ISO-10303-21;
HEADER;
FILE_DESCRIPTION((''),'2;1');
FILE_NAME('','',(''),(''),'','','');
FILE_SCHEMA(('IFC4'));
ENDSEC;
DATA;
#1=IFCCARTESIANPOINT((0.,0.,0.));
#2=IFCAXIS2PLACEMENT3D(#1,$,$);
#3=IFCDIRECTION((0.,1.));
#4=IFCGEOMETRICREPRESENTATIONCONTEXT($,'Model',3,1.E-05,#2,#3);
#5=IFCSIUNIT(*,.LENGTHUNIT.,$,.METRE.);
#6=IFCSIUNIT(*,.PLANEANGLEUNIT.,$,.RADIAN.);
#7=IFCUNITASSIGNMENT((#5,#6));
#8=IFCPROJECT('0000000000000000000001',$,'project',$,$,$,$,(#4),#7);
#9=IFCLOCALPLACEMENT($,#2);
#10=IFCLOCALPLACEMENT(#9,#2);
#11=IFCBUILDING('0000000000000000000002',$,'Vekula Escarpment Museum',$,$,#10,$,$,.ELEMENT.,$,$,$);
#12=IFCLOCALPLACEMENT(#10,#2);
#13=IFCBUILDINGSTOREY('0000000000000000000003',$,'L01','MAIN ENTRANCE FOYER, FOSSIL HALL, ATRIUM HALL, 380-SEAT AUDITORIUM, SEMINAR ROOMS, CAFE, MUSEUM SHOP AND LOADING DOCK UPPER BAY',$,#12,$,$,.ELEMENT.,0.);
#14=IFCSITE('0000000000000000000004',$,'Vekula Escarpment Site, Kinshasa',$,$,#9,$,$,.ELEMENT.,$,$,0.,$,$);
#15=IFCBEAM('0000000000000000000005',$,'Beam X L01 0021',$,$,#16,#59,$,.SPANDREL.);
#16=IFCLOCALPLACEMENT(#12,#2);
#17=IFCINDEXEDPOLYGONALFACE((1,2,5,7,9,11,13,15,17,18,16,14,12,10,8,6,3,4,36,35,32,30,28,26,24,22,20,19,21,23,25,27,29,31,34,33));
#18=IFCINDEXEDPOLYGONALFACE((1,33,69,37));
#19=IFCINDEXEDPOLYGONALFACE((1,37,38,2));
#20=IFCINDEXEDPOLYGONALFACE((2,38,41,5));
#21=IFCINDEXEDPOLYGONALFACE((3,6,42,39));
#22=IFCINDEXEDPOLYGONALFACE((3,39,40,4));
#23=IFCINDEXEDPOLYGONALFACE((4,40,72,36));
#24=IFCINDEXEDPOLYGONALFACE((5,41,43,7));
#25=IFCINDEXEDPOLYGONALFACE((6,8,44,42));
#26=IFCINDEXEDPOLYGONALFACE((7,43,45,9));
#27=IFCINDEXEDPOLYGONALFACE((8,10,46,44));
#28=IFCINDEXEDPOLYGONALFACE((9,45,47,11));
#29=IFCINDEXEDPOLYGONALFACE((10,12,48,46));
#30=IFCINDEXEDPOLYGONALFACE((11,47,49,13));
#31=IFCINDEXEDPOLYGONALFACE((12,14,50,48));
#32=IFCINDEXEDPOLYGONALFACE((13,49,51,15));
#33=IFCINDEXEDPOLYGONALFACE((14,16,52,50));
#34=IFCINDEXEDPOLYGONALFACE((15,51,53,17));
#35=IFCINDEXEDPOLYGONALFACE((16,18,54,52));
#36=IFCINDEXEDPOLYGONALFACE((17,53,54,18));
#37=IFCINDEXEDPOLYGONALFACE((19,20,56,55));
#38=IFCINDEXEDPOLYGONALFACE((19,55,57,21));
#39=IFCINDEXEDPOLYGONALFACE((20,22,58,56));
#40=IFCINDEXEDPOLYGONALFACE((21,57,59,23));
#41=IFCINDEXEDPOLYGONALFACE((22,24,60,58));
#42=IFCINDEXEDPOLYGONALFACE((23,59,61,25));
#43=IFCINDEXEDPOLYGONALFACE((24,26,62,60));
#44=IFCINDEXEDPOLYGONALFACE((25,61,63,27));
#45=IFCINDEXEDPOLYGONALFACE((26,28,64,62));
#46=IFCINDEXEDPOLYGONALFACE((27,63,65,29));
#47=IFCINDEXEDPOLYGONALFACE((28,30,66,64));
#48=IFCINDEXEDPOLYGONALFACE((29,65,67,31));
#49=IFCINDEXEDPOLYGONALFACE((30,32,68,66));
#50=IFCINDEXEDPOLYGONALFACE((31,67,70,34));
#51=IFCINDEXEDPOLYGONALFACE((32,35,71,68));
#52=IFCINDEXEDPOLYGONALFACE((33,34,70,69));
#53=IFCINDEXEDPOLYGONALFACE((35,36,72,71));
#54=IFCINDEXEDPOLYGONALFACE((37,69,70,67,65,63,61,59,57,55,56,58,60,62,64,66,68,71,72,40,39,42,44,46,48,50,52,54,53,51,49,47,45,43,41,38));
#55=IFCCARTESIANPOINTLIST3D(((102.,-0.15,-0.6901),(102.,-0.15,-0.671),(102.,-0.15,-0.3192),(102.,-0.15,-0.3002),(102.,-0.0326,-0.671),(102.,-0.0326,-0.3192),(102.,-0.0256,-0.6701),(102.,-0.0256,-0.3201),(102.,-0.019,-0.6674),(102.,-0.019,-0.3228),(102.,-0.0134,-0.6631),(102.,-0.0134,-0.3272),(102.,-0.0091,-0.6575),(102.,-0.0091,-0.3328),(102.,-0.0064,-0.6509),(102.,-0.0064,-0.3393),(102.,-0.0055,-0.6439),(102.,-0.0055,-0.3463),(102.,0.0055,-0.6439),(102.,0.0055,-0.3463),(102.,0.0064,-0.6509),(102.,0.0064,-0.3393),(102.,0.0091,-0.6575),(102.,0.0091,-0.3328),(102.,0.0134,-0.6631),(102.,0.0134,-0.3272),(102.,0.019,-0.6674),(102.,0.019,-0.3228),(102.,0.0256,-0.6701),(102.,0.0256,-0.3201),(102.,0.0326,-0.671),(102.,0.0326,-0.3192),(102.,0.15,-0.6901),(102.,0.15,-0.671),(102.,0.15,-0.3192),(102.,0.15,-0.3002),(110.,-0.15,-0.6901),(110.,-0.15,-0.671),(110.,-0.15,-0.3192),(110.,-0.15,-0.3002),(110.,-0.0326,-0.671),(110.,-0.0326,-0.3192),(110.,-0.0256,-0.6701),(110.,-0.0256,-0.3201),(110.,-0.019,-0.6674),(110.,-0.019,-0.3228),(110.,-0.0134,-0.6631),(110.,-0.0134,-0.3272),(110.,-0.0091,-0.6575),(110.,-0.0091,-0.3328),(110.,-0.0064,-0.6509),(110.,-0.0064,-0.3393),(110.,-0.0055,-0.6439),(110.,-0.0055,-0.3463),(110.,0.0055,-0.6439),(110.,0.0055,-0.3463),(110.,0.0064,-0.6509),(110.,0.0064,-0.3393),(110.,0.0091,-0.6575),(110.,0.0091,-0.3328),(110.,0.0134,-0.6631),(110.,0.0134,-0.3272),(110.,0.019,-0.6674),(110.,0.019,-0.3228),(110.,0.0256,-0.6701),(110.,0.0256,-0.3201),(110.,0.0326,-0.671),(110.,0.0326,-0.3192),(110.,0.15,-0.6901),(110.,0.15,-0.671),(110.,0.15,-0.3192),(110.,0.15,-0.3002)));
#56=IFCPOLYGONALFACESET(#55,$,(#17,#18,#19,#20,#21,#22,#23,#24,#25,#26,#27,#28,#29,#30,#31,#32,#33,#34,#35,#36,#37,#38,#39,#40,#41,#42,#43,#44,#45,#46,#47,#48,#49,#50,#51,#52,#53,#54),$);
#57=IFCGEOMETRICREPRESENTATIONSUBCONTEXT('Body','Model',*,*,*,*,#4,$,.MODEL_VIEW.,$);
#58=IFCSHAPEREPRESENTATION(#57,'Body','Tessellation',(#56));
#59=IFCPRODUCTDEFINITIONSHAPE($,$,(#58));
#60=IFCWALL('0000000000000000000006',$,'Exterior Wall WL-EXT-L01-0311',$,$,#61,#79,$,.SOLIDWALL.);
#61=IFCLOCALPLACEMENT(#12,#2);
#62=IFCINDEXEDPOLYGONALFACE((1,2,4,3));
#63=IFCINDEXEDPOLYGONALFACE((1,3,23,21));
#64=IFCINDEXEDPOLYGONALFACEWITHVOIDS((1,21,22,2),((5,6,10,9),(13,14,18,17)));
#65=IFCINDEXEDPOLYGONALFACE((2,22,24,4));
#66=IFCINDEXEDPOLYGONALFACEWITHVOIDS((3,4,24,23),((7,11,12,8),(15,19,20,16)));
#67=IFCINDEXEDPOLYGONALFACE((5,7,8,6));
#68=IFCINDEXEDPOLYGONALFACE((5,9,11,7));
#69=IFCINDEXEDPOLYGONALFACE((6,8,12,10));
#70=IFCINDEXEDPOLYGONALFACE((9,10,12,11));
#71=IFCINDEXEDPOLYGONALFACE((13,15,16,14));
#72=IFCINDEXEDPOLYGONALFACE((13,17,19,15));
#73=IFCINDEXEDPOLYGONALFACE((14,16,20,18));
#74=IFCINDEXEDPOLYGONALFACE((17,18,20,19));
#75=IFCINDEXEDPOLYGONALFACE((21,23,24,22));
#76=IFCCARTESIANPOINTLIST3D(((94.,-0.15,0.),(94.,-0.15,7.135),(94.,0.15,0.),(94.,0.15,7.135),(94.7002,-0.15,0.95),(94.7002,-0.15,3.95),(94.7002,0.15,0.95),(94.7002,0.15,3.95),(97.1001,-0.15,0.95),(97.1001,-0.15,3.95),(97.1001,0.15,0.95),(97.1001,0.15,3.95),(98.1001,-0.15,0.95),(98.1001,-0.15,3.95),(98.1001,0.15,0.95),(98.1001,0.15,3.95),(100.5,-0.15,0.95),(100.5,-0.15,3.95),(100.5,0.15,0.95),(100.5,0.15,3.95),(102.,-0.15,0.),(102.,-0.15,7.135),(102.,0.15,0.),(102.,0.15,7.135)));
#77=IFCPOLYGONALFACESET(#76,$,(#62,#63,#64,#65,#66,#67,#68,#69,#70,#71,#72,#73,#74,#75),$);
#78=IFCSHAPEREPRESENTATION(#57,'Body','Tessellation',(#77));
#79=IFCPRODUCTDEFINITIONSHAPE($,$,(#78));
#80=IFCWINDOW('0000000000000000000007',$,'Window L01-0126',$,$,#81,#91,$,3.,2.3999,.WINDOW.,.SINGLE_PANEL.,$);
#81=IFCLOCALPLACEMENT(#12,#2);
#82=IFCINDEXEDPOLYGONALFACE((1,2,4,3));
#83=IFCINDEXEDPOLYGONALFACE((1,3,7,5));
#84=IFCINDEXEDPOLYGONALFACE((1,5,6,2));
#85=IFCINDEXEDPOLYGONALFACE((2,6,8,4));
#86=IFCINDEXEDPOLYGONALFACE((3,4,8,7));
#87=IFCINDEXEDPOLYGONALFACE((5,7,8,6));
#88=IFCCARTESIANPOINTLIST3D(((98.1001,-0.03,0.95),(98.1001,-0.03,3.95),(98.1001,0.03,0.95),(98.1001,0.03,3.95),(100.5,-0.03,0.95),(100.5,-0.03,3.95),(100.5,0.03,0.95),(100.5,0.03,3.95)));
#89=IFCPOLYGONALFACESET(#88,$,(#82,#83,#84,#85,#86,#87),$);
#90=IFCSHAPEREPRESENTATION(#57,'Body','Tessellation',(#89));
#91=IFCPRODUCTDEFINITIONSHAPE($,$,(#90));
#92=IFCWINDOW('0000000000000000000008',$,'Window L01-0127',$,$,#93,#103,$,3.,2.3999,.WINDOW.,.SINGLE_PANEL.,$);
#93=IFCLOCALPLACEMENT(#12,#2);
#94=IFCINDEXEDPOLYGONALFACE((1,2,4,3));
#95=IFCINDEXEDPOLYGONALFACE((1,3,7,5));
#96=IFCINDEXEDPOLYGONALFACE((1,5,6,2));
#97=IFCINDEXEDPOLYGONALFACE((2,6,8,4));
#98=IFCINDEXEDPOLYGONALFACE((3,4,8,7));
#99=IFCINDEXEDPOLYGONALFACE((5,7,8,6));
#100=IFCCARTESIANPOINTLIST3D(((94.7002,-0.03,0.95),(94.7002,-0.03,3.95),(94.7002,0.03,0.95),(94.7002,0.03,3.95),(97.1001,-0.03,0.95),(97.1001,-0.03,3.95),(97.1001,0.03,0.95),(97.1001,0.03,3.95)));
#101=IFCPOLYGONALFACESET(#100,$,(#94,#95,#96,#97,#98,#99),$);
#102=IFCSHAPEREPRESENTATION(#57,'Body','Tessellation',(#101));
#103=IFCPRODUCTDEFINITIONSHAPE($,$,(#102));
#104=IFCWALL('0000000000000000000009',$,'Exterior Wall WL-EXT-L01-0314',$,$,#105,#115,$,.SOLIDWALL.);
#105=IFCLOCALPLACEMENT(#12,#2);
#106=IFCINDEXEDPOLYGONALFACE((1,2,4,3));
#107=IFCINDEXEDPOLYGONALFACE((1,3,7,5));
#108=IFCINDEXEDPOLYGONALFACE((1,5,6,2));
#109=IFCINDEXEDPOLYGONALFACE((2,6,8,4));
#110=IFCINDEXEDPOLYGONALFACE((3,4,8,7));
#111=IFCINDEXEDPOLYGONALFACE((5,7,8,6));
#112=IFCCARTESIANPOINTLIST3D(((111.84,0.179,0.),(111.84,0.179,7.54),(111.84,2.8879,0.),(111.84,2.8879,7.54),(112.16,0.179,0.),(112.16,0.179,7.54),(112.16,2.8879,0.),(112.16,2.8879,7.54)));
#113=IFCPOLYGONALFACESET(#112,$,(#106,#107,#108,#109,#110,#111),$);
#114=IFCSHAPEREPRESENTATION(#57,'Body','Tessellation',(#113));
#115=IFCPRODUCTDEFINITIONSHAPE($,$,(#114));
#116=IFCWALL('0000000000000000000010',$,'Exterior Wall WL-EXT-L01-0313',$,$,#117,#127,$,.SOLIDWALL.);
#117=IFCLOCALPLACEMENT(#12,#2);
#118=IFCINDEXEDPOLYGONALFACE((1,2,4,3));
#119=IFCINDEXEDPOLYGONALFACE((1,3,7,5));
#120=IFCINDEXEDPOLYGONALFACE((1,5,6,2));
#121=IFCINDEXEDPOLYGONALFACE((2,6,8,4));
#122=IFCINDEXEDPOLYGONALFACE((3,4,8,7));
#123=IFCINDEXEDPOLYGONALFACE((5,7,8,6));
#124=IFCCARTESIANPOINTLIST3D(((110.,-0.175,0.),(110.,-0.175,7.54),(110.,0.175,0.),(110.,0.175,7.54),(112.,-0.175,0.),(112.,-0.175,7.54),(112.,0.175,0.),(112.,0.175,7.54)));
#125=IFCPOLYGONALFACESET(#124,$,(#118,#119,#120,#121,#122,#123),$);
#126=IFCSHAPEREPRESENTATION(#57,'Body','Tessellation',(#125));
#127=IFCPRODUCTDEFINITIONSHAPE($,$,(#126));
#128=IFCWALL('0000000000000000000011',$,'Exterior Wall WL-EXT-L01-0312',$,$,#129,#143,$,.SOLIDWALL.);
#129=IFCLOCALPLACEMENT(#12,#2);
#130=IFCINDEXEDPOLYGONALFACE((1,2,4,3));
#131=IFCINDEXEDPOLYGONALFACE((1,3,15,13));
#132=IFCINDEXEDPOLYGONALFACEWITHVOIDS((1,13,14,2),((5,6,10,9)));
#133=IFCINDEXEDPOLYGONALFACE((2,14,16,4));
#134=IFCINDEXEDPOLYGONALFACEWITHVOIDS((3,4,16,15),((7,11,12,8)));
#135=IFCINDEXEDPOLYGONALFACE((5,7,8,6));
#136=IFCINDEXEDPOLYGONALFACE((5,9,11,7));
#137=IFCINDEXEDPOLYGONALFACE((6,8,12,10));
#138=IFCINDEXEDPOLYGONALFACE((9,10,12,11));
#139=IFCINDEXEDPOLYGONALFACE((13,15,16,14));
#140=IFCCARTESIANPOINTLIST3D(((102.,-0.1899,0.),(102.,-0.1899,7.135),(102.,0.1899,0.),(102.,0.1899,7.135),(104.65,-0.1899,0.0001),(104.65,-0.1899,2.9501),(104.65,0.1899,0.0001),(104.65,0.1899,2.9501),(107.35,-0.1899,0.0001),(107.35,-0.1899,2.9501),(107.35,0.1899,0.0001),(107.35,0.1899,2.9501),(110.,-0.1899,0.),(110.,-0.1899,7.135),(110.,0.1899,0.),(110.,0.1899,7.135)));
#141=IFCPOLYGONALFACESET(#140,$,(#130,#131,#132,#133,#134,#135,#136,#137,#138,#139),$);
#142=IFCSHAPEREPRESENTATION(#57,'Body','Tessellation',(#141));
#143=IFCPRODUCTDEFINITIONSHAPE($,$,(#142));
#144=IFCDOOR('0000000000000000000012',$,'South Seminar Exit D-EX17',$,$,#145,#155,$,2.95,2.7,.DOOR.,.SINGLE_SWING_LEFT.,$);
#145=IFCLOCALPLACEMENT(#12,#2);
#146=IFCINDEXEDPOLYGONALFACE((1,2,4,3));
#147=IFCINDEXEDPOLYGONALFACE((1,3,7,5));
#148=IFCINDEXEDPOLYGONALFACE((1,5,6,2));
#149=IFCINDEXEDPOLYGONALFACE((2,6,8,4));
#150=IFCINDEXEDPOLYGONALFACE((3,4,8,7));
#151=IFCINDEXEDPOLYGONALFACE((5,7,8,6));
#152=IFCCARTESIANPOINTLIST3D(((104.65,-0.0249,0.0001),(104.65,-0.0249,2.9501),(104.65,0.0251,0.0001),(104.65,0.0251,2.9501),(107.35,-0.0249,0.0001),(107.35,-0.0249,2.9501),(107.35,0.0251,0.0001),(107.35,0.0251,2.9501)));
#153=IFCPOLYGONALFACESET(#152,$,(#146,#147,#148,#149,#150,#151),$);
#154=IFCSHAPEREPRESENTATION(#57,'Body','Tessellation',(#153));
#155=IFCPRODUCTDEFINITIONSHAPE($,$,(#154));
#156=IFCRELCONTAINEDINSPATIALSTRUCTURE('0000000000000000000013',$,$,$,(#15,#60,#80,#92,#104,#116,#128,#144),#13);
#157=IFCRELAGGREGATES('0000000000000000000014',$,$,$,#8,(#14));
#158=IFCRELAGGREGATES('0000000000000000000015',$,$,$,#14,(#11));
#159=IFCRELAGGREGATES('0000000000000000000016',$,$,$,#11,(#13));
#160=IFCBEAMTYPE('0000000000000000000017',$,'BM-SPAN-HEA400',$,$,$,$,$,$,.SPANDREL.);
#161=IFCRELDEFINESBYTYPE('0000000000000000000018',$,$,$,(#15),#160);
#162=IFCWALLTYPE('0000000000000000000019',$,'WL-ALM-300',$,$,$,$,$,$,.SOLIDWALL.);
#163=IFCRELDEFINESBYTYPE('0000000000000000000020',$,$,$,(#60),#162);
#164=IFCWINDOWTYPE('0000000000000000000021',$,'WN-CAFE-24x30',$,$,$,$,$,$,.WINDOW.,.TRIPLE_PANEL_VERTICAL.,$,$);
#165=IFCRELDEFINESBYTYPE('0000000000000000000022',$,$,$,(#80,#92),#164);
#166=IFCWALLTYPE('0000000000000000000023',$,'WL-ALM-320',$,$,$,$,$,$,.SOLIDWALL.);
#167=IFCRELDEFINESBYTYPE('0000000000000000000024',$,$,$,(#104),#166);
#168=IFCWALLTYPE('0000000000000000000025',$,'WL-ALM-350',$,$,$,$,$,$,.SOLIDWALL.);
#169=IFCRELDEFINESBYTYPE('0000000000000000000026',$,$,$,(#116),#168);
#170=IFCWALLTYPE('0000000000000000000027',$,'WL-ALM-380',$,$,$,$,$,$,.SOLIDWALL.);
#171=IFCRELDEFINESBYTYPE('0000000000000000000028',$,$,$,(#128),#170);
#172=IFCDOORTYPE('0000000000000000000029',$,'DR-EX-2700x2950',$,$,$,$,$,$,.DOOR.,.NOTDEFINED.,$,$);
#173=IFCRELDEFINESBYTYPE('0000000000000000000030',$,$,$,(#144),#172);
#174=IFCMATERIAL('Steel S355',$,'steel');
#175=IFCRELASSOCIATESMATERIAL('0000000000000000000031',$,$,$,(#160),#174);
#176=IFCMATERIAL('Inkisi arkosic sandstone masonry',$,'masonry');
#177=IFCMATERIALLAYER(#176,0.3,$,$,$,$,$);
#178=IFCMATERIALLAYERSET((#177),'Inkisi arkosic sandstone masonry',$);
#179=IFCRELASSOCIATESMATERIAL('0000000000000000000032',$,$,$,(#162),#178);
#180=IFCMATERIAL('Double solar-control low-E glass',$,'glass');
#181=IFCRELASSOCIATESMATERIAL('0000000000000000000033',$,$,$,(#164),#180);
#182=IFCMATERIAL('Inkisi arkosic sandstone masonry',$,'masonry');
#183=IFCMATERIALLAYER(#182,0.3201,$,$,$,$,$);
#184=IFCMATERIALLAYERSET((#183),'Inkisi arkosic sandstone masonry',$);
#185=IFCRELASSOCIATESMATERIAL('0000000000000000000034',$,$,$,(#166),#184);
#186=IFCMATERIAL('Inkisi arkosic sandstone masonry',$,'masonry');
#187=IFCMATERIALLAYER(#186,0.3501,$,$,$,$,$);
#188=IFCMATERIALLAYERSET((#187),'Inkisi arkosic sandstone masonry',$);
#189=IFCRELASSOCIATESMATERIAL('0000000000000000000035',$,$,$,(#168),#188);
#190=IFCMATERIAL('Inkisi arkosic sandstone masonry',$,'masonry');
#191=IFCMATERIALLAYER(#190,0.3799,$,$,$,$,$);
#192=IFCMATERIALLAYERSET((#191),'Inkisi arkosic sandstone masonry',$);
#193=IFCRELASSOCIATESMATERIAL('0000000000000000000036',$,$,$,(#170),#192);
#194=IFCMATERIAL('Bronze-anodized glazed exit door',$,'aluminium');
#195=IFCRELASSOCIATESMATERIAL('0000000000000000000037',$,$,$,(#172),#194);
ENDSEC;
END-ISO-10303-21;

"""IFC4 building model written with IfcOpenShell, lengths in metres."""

from ifc_helpers import new_model, si_unit, direction, frame, frame_2d, origin, origin_2d, place, context, subcontext, project, spatial, rectangle, i_section, extrude, material, layer, layer_set, material_profile, profile_set, type_object, element, fill, save


model = new_model("IFC4")

# Units and contexts
model_context = context("Model", 3, precision=1e-05, world=origin(), true_north=direction((0.0, 1.0)))
body_context = subcontext(model_context, "Body", "Model", "MODEL_VIEW")
ifc_project = project(units=[si_unit("LENGTHUNIT", "METRE"), si_unit("PLANEANGLEUNIT", "RADIAN")], contexts=[model_context])

# Site, building, storey
site_placement = place(None, origin())
site = spatial("IfcSite", under=ifc_project, at=site_placement, Name="Vekula Escarpment Site, Kinshasa", CompositionType="ELEMENT", RefElevation=0.0)
building_placement = place(site_placement, origin())
building = spatial("IfcBuilding", under=site, at=building_placement, Name="Vekula Escarpment Museum", CompositionType="ELEMENT")
storey_placement = place(building_placement, origin())
storey = spatial("IfcBuildingStorey", under=building, at=storey_placement, Name="L01", Description="MAIN ENTRANCE FOYER, FOSSIL HALL, ATRIUM HALL, 380-SEAT AUDITORIUM, SEMINAR ROOMS, CAFE, MUSEUM SHOP AND LOADING DOCK UPPER BAY", CompositionType="ELEMENT", Elevation=0.0)

# Beam
ifc_material_1 = material(Name="Steel S355", Category="steel")
ifc_material_profile_1 = material_profile(ifc_material_1, i_section(OverallWidth=0.3, OverallDepth=0.3899, WebThickness=0.011, FlangeThickness=0.019, FilletRadius=0.0271, at=origin_2d()), Name="HEA 400")
ifc_profile_set_1 = profile_set([ifc_material_profile_1], Name="Steel S355")
beam_type_1 = type_object("IfcBeamType", Name="BM-SPAN-HEA400", PredefinedType="SPANDREL", material=ifc_profile_set_1)
beam_1_placement = place(storey_placement, frame((102.0, 0.0, -0.4951), z_axis=(1.0, 0.0, 0.0), x_axis=(0.0, 1.0, 0.0)))
element("IfcBeam", 1, at=beam_1_placement, inside=storey, type_object=beam_type_1, Name="Beam X L01 0021", PredefinedType="SPANDREL", context=body_context, shape_type="SweptSolid", body=[
    extrude(i_section(OverallWidth=0.3, OverallDepth=0.3899, WebThickness=0.011, FlangeThickness=0.019, FilletRadius=0.0271, at=origin_2d()), origin(), (0.0, 0.0, 1.0), 8.0),
])

# Wall, openings, windows
ifc_material_2 = material(Name="Inkisi arkosic sandstone masonry", Category="masonry")
ifc_layer_1 = layer(ifc_material_2, 0.3)
ifc_layer_set_1 = layer_set([ifc_layer_1], Name="Inkisi arkosic sandstone masonry")
wall_type_1 = type_object("IfcWallType", Name="WL-ALM-300", PredefinedType="SOLIDWALL", material=ifc_layer_set_1)
wall_1_placement = place(storey_placement, frame((102.0, 0.0, 0.0), z_axis=(0.0, 0.0, 1.0), x_axis=(-1.0, 0.0, 0.0)))
wall_1 = element("IfcWall", 2, at=wall_1_placement, inside=storey, type_object=wall_type_1, Name="Exterior Wall WL-EXT-L01-0311", PredefinedType="SOLIDWALL", context=body_context, shape_type="SweptSolid", body=[
    extrude(rectangle(XDim=8.0, YDim=0.3, at=frame_2d((4.0, 0.0))), origin(), (0.0, 0.0, 1.0), 7.135),
])
opening_1_placement = place(wall_1_placement, frame((1.5, 0.0, 0.95)))
opening_1 = element("IfcOpeningElement", 3, at=opening_1_placement, cuts=wall_1, PredefinedType="OPENING", context=body_context, shape_type="SweptSolid", body=[
    extrude(rectangle(XDim=2.3999, YDim=3.0, at=frame_2d((1.2, 1.5))), frame((0.0, 0.1599, 0.0), z_axis=(0.0, -1.0, 0.0), x_axis=(1.0, 0.0, 0.0)), (0.0, 0.0, 1.0), 0.3201),
])
opening_2_placement = place(wall_1_placement, frame((4.8999, 0.0, 0.95)))
opening_2 = element("IfcOpeningElement", 4, at=opening_2_placement, cuts=wall_1, PredefinedType="OPENING", context=body_context, shape_type="SweptSolid", body=[
    extrude(rectangle(XDim=2.3999, YDim=3.0, at=frame_2d((1.2, 1.5))), frame((0.0, 0.1599, 0.0), z_axis=(0.0, -1.0, 0.0), x_axis=(1.0, 0.0, 0.0)), (0.0, 0.0, 1.0), 0.3201),
])
ifc_material_3 = material(Name="Double solar-control low-E glass", Category="glass")
window_type = type_object("IfcWindowType", Name="WN-CAFE-24x30", PartitioningType="TRIPLE_PANEL_VERTICAL", PredefinedType="WINDOW", material=ifc_material_3)
window_1_placement = place(opening_1_placement, origin())
window_1 = element("IfcWindow", 5, at=window_1_placement, inside=storey, type_object=window_type, Name="Window L01-0126", OverallHeight=3.0, OverallWidth=2.3999, PartitioningType="SINGLE_PANEL", PredefinedType="WINDOW", context=body_context, shape_type="SweptSolid", body=[
    extrude(rectangle(XDim=2.3999, YDim=3.0, at=frame_2d((1.2, 1.5))), frame((0.0, 0.03, 0.0), z_axis=(0.0, -1.0, 0.0), x_axis=(1.0, 0.0, 0.0)), (0.0, 0.0, 1.0), 0.0601),
])
fill(opening_1, window_1)
window_2_placement = place(opening_2_placement, origin())
window_2 = element("IfcWindow", 6, at=window_2_placement, inside=storey, type_object=window_type, Name="Window L01-0127", OverallHeight=3.0, OverallWidth=2.3999, PartitioningType="SINGLE_PANEL", PredefinedType="WINDOW", context=body_context, shape_type="SweptSolid", body=[
    extrude(rectangle(XDim=2.3999, YDim=3.0, at=frame_2d((1.2, 1.5))), frame((0.0, 0.03, 0.0), z_axis=(0.0, -1.0, 0.0), x_axis=(1.0, 0.0, 0.0)), (0.0, 0.0, 1.0), 0.0601),
])
fill(opening_2, window_2)

# Walls
ifc_material_4 = material(Name="Inkisi arkosic sandstone masonry", Category="masonry")
ifc_layer_2 = layer(ifc_material_4, 0.3201)
ifc_layer_set_2 = layer_set([ifc_layer_2], Name="Inkisi arkosic sandstone masonry")
wall_type_2 = type_object("IfcWallType", Name="WL-ALM-320", PredefinedType="SOLIDWALL", material=ifc_layer_set_2)
wall_2_placement = place(storey_placement, frame((112.0, 2.8879, 0.0), z_axis=(0.0, 0.0, 1.0), x_axis=(0.0, -1.0, 0.0)))
element("IfcWall", 7, at=wall_2_placement, inside=storey, type_object=wall_type_2, Name="Exterior Wall WL-EXT-L01-0314", PredefinedType="SOLIDWALL", context=body_context, shape_type="SweptSolid", body=[
    extrude(rectangle(XDim=2.709, YDim=0.3201, at=frame_2d((1.3545, 0.0))), origin(), (0.0, 0.0, 1.0), 7.54),
])
ifc_material_5 = material(Name="Inkisi arkosic sandstone masonry", Category="masonry")
ifc_layer_3 = layer(ifc_material_5, 0.3501)
ifc_layer_set_3 = layer_set([ifc_layer_3], Name="Inkisi arkosic sandstone masonry")
wall_type_3 = type_object("IfcWallType", Name="WL-ALM-350", PredefinedType="SOLIDWALL", material=ifc_layer_set_3)
wall_3_placement = place(storey_placement, frame((112.0, 0.0, 0.0), z_axis=(0.0, 0.0, 1.0), x_axis=(-1.0, 0.0, 0.0)))
element("IfcWall", 8, at=wall_3_placement, inside=storey, type_object=wall_type_3, Name="Exterior Wall WL-EXT-L01-0313", PredefinedType="SOLIDWALL", context=body_context, shape_type="SweptSolid", body=[
    extrude(rectangle(XDim=2.0, YDim=0.3501, at=frame_2d((1.0, 0.0))), origin(), (0.0, 0.0, 1.0), 7.54),
])

# Wall, opening, door
ifc_material_6 = material(Name="Inkisi arkosic sandstone masonry", Category="masonry")
ifc_layer_4 = layer(ifc_material_6, 0.3799)
ifc_layer_set_4 = layer_set([ifc_layer_4], Name="Inkisi arkosic sandstone masonry")
wall_type_4 = type_object("IfcWallType", Name="WL-ALM-380", PredefinedType="SOLIDWALL", material=ifc_layer_set_4)
wall_4_placement = place(storey_placement, frame((110.0, 0.0, 0.0), z_axis=(0.0, 0.0, 1.0), x_axis=(-1.0, 0.0, 0.0)))
wall_4 = element("IfcWall", 9, at=wall_4_placement, inside=storey, type_object=wall_type_4, Name="Exterior Wall WL-EXT-L01-0312", PredefinedType="SOLIDWALL", context=body_context, shape_type="SweptSolid", body=[
    extrude(rectangle(XDim=8.0, YDim=0.3799, at=frame_2d((4.0, 0.0))), origin(), (0.0, 0.0, 1.0), 7.135),
])
opening_3_placement = place(wall_4_placement, frame((2.6499, 0.0, 0.0)))
opening_3 = element("IfcOpeningElement", 10, at=opening_3_placement, cuts=wall_4, PredefinedType="OPENING", context=body_context, shape_type="SweptSolid", body=[
    extrude(rectangle(XDim=2.7, YDim=2.95, at=frame_2d((1.3501, 1.4751))), frame((0.0, 0.2, 0.0), z_axis=(0.0, -1.0, 0.0), x_axis=(1.0, 0.0, 0.0)), (0.0, 0.0, 1.0), 0.3999),
])
ifc_material_7 = material(Name="Bronze-anodized glazed exit door", Category="aluminium")
door_type_1 = type_object("IfcDoorType", Name="DR-EX-2700x2950", OperationType="NOTDEFINED", PredefinedType="DOOR", material=ifc_material_7)
door_1_placement = place(opening_3_placement, origin())
door_1 = element("IfcDoor", 11, at=door_1_placement, inside=storey, type_object=door_type_1, Name="South Seminar Exit D-EX17", OperationType="SINGLE_SWING_LEFT", OverallHeight=2.95, OverallWidth=2.7, PredefinedType="DOOR", context=body_context, shape_type="SweptSolid", body=[
    extrude(rectangle(XDim=2.7, YDim=2.95, at=frame_2d((1.3501, 1.4751))), frame((0.0, 0.0249, 0.0), z_axis=(0.0, -1.0, 0.0), x_axis=(1.0, 0.0, 0.0)), (0.0, 0.0, 1.0), 0.05),
])
fill(opening_3, door_1)

save(model, "model.ifc")
